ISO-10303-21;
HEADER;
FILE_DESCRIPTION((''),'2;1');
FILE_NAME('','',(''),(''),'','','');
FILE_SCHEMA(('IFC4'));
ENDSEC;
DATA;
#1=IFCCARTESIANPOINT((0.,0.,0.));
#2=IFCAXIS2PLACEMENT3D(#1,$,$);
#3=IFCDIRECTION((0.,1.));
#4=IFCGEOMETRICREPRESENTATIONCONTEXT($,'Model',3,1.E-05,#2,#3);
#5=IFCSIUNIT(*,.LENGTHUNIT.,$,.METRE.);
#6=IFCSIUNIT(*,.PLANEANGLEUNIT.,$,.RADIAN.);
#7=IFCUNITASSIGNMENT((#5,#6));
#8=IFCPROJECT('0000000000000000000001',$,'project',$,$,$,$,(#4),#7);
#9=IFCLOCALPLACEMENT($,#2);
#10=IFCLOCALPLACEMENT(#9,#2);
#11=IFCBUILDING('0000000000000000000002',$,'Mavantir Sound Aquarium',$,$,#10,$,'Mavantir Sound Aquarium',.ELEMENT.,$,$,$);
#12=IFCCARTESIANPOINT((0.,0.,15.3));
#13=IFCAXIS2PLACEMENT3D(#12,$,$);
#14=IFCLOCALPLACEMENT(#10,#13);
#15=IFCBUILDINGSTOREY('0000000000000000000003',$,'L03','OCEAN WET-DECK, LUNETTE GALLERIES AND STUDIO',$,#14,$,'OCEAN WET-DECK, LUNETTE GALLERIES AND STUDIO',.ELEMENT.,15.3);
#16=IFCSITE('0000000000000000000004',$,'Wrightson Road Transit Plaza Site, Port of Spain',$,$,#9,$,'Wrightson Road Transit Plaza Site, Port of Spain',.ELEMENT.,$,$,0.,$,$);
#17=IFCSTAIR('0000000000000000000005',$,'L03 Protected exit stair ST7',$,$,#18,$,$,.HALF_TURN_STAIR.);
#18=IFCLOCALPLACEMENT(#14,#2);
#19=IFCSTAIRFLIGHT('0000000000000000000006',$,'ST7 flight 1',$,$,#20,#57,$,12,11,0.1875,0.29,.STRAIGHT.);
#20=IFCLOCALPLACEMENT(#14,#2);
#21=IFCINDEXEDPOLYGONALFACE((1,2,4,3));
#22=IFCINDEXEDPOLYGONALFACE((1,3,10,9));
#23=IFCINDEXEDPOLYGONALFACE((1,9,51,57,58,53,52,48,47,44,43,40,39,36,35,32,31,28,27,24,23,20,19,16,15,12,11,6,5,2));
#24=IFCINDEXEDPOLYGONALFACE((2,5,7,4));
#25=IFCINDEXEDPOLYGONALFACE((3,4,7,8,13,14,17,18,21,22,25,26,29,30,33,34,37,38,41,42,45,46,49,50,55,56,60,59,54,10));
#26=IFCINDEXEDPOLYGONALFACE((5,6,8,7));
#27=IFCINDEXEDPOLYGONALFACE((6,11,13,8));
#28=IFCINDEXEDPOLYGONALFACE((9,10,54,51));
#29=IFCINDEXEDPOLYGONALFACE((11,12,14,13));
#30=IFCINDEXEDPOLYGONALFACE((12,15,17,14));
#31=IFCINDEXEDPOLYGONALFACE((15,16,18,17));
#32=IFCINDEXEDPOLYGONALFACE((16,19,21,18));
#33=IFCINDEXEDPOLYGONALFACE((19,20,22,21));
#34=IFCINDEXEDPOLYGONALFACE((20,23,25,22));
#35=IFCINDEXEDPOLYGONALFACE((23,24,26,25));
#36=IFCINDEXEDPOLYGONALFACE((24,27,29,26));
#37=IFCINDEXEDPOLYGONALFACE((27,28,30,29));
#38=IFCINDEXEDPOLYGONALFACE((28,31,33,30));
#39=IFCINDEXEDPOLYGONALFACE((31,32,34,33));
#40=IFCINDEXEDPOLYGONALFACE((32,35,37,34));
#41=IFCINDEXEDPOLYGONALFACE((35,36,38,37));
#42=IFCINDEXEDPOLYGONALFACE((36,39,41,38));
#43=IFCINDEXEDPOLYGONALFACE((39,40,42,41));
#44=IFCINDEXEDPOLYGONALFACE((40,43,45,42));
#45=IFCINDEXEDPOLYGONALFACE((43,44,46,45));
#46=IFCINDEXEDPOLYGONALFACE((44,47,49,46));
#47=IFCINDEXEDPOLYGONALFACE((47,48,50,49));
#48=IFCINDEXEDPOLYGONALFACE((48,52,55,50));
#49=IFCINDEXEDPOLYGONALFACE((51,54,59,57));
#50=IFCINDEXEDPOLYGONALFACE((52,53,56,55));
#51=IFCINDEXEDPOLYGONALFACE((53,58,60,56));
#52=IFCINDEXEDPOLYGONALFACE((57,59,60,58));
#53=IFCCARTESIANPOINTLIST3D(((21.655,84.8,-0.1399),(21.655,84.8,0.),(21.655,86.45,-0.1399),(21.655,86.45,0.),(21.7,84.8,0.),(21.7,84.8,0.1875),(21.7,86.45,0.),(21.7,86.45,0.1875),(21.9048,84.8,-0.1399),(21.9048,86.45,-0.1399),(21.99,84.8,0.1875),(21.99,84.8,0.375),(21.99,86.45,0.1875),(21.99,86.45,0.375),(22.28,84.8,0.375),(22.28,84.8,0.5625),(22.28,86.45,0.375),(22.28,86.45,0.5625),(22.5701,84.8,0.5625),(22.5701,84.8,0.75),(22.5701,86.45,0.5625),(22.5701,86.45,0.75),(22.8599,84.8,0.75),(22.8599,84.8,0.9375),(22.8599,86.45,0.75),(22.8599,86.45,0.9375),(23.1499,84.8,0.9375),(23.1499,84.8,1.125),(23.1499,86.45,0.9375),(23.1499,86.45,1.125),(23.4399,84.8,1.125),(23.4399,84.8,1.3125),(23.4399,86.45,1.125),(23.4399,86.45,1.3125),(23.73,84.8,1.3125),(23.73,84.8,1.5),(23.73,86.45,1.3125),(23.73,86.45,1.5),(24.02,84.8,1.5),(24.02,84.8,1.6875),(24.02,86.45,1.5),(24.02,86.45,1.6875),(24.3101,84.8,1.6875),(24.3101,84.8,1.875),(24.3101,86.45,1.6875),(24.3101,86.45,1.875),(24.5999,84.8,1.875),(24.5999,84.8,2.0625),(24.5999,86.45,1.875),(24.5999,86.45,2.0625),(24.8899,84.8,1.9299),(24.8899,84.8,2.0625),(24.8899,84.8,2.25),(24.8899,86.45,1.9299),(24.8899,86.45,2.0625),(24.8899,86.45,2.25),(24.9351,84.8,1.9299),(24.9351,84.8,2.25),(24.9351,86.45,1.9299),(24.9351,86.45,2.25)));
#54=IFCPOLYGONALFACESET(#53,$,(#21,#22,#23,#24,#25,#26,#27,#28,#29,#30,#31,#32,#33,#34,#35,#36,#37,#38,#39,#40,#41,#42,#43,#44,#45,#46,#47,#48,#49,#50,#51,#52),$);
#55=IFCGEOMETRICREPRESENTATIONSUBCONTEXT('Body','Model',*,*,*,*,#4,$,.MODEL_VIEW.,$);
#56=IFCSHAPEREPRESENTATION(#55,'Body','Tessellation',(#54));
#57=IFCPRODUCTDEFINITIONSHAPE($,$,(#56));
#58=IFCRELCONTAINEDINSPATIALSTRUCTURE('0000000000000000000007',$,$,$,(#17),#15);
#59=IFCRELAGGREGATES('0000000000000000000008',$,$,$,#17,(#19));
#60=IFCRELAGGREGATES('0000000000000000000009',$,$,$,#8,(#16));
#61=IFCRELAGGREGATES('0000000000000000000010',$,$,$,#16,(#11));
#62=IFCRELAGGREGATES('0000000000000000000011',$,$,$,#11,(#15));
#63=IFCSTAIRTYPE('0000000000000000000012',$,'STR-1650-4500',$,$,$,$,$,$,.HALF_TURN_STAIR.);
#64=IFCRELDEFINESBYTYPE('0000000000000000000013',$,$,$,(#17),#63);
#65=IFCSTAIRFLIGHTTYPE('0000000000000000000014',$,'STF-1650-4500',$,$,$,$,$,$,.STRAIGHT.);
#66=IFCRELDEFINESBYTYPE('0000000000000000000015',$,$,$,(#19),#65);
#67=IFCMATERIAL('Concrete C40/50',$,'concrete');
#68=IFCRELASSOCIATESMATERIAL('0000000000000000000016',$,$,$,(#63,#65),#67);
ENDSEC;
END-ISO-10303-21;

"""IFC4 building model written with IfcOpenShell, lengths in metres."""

from ifc_helpers import new_model, si_unit, direction, frame, origin, place, context, subcontext, project, spatial, polyline, outline, extrude, material, type_object, element, aggregate, save


model = new_model("IFC4")

# Units and contexts
model_context = context("Model", 3, precision=1e-05, world=origin(), true_north=direction((0.0, 1.0)))
body_context = subcontext(model_context, "Body", "Model", "MODEL_VIEW")
ifc_project = project(units=[si_unit("LENGTHUNIT", "METRE"), si_unit("PLANEANGLEUNIT", "RADIAN")], contexts=[model_context])

# Site, building, storey
site_placement = place(None, origin())
site = spatial("IfcSite", under=ifc_project, at=site_placement, Name="Wrightson Road Transit Plaza Site, Port of Spain", LongName="Wrightson Road Transit Plaza Site, Port of Spain", CompositionType="ELEMENT", RefElevation=0.0)
building_placement = place(site_placement, origin())
building = spatial("IfcBuilding", under=site, at=building_placement, Name="Mavantir Sound Aquarium", LongName="Mavantir Sound Aquarium", CompositionType="ELEMENT")
storey_placement = place(building_placement, frame((0.0, 0.0, 15.3)))
storey = spatial("IfcBuildingStorey", under=building, at=storey_placement, Name="L03", Description="OCEAN WET-DECK, LUNETTE GALLERIES AND STUDIO", LongName="OCEAN WET-DECK, LUNETTE GALLERIES AND STUDIO", CompositionType="ELEMENT", Elevation=15.3)

# Shared definitions
ifc_material_1 = material(Name="Concrete C40/50", Category="concrete")

# Stair, stair flight
stair_type = type_object("IfcStairType", Name="STR-1650-4500", PredefinedType="HALF_TURN_STAIR", material=ifc_material_1)
stair_placement = place(storey_placement, origin())
stair = element("IfcStair", 1, at=stair_placement, inside=storey, type_object=stair_type, Name="L03 Protected exit stair ST7", PredefinedType="HALF_TURN_STAIR")
stair_flight_type = type_object("IfcStairFlightType", Name="STF-1650-4500", PredefinedType="STRAIGHT", material=ifc_material_1)
stair_flight_placement = place(storey_placement, frame((21.7, 85.625, 0.0), z_axis=(0.0, 0.0, 1.0), x_axis=(1.0, 0.0, 0.0)))
stair_flight = element("IfcStairFlight", 2, at=stair_flight_placement, type_object=stair_flight_type, Name="ST7 flight 1", NumberOfRisers=12, NumberOfTreads=11, PredefinedType="STRAIGHT", RiserHeight=0.1875, TreadLength=0.29, context=body_context, shape_type="SweptSolid", body=[
    extrude(outline(polyline([(-0.0449, -0.1399), (-0.0449, 0.0), (0.0, 0.0), (0.0, 0.1875), (0.29, 0.1875), (0.29, 0.375), (0.5801, 0.375), (0.5801, 0.5625), (0.8701, 0.5625), (0.8701, 0.75), (1.1599, 0.75), (1.1599, 0.9375), (1.45, 0.9375), (1.45, 1.125), (1.74, 1.125), (1.74, 1.3125), (2.03, 1.3125), (2.03, 1.5), (2.3201, 1.5), (2.3201, 1.6875), (2.6101, 1.6875), (2.6101, 1.875), (2.8999, 1.875), (2.8999, 2.0625), (3.1899, 2.0625), (3.1899, 2.25), (3.2351, 2.25), (3.2351, 1.9299), (3.1899, 1.9299), (0.2048, -0.1399), (-0.0449, -0.1399)])), frame((0.0, 0.825, 0.0), z_axis=(0.0, -1.0, 0.0), x_axis=(1.0, 0.0, 0.0)), (0.0, 0.0, 1.0), 1.6499),
])
aggregate(stair, [stair_flight])

save(model, "model.ifc")
